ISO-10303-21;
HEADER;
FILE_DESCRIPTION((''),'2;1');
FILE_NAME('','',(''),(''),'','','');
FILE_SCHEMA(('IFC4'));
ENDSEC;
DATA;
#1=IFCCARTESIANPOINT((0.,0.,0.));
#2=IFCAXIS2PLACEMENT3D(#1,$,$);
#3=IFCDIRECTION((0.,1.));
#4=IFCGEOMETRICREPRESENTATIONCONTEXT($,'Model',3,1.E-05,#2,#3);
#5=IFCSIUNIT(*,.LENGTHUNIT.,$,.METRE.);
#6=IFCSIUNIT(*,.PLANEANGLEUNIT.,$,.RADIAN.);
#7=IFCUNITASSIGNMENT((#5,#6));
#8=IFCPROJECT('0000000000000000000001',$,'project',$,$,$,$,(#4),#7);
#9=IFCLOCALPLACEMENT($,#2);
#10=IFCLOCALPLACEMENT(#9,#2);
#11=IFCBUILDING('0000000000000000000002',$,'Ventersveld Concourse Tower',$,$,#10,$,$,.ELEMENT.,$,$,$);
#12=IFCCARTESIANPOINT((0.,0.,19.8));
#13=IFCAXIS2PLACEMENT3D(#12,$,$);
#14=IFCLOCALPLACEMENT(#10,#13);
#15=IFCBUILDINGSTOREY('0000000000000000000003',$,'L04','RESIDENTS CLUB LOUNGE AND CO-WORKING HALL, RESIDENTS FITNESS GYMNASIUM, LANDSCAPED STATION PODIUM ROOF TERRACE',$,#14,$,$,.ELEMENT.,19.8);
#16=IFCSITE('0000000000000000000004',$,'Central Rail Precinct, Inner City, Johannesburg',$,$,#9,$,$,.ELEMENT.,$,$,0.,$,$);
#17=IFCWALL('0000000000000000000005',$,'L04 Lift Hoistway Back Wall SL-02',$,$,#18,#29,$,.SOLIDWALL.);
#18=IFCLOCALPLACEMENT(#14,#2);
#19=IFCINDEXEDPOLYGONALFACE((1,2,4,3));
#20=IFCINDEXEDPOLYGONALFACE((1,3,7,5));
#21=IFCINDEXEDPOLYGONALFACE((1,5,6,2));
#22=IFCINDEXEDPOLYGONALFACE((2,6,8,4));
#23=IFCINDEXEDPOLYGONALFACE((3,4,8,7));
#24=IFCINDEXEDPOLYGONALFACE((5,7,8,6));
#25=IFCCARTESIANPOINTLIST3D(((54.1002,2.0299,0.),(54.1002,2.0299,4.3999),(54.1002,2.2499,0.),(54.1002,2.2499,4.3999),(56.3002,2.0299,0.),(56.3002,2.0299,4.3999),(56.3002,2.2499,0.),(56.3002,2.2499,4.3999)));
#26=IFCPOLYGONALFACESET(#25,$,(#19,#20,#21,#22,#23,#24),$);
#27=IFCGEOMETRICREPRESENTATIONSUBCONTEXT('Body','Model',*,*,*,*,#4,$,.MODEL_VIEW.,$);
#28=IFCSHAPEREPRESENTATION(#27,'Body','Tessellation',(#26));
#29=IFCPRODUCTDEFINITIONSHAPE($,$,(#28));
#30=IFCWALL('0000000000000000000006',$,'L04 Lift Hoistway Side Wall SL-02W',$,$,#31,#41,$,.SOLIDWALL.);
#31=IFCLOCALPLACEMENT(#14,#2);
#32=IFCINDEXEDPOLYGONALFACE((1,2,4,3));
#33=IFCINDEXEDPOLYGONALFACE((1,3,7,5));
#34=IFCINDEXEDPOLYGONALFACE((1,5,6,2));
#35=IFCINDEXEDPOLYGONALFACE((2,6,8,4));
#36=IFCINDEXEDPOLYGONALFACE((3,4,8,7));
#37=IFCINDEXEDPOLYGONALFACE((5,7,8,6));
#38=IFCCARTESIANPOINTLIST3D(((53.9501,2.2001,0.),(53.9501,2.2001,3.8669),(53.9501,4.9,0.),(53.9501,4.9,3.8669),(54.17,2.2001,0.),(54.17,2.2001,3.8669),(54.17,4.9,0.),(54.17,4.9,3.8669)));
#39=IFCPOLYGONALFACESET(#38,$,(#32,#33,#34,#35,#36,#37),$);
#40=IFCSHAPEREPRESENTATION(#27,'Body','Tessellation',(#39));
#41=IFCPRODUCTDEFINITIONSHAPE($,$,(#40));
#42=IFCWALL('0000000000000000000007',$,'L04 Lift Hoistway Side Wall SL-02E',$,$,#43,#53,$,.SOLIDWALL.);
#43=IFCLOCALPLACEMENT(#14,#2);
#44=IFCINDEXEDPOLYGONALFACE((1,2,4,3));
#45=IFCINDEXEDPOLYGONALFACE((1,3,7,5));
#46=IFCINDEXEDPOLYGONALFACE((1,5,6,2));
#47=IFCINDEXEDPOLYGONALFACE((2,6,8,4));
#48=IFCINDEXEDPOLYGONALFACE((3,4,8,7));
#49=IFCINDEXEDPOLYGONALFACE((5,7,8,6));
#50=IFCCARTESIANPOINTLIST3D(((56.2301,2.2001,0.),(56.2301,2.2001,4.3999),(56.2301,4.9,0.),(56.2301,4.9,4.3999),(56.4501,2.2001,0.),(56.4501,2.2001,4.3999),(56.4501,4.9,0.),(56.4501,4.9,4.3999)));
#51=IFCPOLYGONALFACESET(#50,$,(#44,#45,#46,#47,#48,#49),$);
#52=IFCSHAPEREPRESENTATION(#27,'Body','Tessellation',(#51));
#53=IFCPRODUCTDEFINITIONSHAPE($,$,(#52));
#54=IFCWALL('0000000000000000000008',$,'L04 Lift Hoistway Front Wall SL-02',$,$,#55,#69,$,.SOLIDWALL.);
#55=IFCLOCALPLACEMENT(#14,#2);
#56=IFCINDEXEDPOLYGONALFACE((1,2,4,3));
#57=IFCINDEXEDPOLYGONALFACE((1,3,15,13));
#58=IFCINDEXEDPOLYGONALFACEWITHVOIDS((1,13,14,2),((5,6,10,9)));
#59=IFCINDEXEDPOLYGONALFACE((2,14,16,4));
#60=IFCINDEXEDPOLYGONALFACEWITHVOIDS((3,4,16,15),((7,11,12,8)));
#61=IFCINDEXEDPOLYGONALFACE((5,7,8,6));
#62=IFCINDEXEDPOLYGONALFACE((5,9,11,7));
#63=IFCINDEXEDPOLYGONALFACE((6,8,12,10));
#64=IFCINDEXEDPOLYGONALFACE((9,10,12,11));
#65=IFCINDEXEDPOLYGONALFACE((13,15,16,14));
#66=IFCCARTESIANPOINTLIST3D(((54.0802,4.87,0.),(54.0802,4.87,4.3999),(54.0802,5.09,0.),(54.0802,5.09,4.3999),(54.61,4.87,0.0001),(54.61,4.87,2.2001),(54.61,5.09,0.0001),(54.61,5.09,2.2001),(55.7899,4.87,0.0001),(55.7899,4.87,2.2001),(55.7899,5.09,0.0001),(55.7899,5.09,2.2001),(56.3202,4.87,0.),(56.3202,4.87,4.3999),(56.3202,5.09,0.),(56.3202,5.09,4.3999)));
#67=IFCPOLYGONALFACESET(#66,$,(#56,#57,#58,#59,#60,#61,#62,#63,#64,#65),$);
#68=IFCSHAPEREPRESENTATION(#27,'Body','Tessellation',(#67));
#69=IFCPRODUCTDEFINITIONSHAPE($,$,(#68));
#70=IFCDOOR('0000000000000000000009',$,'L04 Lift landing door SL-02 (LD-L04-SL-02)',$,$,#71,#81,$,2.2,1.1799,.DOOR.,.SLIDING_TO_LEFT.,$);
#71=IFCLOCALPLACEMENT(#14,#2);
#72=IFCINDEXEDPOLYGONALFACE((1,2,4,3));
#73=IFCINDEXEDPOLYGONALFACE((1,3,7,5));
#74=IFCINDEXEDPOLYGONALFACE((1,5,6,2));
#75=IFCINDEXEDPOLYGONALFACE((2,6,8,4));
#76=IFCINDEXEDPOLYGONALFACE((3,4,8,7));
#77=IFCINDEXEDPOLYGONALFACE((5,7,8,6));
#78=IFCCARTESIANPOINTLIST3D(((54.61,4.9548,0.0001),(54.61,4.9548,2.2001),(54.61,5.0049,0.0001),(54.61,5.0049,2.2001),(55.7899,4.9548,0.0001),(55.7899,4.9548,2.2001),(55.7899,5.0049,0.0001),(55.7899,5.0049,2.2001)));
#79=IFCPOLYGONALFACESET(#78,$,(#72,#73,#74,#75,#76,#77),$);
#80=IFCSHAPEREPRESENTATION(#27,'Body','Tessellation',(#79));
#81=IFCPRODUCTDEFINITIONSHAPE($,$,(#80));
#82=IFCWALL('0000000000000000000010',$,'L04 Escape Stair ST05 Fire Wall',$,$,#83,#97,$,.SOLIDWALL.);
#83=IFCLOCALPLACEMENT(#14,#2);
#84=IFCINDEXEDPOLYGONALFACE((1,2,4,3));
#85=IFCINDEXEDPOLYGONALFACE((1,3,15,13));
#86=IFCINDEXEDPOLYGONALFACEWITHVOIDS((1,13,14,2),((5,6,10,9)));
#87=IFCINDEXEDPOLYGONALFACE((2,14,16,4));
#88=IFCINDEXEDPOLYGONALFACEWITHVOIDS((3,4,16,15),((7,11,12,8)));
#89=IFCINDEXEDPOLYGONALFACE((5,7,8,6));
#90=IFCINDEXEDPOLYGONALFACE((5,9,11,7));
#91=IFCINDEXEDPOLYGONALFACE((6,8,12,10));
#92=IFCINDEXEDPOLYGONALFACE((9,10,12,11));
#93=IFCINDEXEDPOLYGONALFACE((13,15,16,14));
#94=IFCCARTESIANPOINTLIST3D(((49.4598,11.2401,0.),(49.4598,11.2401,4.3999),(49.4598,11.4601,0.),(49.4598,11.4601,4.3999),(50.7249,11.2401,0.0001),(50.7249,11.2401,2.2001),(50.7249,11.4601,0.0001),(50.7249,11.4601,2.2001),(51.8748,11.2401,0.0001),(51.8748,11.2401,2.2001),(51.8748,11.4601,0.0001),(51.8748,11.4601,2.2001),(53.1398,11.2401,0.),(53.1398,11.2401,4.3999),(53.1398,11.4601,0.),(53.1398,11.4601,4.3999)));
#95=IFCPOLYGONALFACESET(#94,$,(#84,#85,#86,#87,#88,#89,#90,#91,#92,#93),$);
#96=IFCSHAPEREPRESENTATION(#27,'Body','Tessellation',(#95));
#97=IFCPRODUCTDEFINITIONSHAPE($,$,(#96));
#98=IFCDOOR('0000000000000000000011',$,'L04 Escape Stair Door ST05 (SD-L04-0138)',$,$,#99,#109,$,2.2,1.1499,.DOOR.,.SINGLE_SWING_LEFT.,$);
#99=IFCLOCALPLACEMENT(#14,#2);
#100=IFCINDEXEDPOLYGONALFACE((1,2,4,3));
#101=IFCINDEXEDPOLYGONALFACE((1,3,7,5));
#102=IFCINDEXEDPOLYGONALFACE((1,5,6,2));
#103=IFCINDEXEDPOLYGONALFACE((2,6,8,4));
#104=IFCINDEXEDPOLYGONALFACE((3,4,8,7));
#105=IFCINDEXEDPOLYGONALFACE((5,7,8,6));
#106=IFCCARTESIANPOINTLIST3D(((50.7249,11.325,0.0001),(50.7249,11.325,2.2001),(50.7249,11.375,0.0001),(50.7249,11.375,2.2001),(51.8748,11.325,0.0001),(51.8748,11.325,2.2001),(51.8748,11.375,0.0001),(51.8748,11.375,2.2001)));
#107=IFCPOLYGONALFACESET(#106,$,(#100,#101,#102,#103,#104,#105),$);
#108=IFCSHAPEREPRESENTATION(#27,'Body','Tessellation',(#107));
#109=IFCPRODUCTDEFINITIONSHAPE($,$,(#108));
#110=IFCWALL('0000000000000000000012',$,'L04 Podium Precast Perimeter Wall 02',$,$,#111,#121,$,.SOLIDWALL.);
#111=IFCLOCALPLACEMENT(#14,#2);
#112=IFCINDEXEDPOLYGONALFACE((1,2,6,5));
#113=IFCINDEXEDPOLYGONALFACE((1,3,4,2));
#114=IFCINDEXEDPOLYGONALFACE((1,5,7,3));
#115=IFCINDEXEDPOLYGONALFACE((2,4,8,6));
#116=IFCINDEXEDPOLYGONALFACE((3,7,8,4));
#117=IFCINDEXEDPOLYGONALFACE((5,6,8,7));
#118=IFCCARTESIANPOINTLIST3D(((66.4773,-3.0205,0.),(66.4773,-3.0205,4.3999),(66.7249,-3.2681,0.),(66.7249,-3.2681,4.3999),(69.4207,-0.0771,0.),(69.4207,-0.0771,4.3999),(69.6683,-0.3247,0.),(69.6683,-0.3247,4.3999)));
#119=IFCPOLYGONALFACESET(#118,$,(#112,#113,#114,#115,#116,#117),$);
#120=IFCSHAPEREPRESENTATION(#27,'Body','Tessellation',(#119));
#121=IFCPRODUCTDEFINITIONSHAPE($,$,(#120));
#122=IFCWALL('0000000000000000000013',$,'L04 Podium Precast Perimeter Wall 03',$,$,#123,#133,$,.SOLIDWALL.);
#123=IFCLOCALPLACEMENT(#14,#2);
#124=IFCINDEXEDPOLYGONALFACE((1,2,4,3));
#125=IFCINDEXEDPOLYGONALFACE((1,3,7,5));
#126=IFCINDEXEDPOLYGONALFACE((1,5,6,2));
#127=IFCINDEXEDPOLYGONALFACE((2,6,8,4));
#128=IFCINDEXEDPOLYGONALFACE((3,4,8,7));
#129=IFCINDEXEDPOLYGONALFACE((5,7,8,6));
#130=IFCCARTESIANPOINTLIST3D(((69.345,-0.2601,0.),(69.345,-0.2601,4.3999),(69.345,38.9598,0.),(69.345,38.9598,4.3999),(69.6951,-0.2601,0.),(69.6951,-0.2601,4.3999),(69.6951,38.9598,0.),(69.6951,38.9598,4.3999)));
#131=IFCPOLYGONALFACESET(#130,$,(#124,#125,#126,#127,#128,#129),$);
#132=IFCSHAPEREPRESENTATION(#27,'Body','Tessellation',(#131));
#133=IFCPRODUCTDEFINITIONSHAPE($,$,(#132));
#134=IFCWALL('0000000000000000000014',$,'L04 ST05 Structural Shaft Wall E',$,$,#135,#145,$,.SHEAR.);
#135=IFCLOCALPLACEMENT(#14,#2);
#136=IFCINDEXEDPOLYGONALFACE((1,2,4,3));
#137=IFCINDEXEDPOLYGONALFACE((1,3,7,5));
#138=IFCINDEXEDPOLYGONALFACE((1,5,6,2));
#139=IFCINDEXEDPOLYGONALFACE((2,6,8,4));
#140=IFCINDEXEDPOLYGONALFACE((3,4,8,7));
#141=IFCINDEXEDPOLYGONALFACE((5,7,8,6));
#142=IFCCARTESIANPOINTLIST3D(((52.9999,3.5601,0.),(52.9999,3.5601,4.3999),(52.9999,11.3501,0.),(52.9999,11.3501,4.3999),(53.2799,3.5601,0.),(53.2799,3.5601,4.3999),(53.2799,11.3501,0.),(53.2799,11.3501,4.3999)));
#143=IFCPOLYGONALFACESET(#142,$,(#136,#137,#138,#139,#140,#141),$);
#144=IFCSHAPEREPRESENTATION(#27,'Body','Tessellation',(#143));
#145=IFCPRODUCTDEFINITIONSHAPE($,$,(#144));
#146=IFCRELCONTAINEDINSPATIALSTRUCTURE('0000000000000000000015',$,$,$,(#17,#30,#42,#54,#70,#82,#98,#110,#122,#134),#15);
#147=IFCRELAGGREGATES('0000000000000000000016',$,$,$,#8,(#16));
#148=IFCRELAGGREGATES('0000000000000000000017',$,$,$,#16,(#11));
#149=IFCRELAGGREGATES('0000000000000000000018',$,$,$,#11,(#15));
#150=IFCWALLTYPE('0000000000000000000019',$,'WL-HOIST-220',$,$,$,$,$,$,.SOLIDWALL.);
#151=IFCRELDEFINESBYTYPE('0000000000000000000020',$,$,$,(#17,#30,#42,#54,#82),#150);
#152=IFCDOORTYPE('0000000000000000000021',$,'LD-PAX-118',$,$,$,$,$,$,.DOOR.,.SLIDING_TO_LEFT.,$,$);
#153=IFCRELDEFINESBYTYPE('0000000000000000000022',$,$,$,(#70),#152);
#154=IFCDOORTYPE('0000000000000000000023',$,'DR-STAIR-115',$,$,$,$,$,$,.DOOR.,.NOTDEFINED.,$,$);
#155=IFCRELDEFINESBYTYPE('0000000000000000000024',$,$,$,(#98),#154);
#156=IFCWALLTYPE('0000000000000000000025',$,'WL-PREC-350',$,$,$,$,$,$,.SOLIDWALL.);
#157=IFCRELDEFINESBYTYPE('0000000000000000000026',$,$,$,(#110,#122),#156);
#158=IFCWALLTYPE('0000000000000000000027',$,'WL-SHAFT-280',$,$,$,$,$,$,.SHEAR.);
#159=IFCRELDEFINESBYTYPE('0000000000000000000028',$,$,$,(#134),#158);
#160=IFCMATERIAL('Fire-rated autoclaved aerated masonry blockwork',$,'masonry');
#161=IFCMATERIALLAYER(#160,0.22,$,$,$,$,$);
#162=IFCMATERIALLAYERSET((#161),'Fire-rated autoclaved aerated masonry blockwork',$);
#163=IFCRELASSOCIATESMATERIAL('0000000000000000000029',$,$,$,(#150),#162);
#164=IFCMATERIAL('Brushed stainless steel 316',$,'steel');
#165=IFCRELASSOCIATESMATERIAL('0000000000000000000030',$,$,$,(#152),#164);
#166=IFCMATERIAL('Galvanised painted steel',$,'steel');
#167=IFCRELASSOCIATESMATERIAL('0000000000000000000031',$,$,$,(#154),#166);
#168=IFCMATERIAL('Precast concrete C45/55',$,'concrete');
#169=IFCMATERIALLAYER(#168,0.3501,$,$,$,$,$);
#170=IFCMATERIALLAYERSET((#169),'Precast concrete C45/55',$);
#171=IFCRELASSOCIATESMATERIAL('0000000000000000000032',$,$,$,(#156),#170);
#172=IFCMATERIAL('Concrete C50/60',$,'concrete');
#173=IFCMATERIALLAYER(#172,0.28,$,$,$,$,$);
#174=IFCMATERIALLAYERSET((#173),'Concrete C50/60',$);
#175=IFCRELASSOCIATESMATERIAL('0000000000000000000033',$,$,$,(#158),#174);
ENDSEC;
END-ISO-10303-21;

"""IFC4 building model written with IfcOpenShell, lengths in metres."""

from ifc_helpers import new_model, si_unit, direction, frame, frame_2d, origin, place, context, subcontext, project, spatial, rectangle, extrude, material, layer, layer_set, type_object, element, fill, save


model = new_model("IFC4")

# Units and contexts
model_context = context("Model", 3, precision=1e-05, world=origin(), true_north=direction((0.0, 1.0)))
body_context = subcontext(model_context, "Body", "Model", "MODEL_VIEW")
ifc_project = project(units=[si_unit("LENGTHUNIT", "METRE"), si_unit("PLANEANGLEUNIT", "RADIAN")], contexts=[model_context])

# Site, building, storey
site_placement = place(None, origin())
site = spatial("IfcSite", under=ifc_project, at=site_placement, Name="Central Rail Precinct, Inner City, Johannesburg", CompositionType="ELEMENT", RefElevation=0.0)
building_placement = place(site_placement, origin())
building = spatial("IfcBuilding", under=site, at=building_placement, Name="Ventersveld Concourse Tower", CompositionType="ELEMENT")
storey_placement = place(building_placement, frame((0.0, 0.0, 19.8)))
storey = spatial("IfcBuildingStorey", under=building, at=storey_placement, Name="L04", Description="RESIDENTS CLUB LOUNGE AND CO-WORKING HALL, RESIDENTS FITNESS GYMNASIUM, LANDSCAPED STATION PODIUM ROOF TERRACE", CompositionType="ELEMENT", Elevation=19.8)

# Shared definitions
ifc_material_1 = material(Name="Fire-rated autoclaved aerated masonry blockwork", Category="masonry")

# Walls
ifc_layer_1 = layer(ifc_material_1, 0.22)
ifc_layer_set_1 = layer_set([ifc_layer_1], Name="Fire-rated autoclaved aerated masonry blockwork")
wall_type_1 = type_object("IfcWallType", Name="WL-HOIST-220", PredefinedType="SOLIDWALL", material=ifc_layer_set_1)
wall_1_placement = place(storey_placement, frame((54.1001, 2.1399, 0.0), z_axis=(0.0, 0.0, 1.0), x_axis=(1.0, 0.0, 0.0)))
element("IfcWall", 1, at=wall_1_placement, inside=storey, type_object=wall_type_1, Name="L04 Lift Hoistway Back Wall SL-02", PredefinedType="SOLIDWALL", context=body_context, shape_type="SweptSolid", body=[
    extrude(rectangle(XDim=2.2, YDim=0.22, at=frame_2d((1.1001, 0.0))), origin(), (0.0, 0.0, 1.0), 4.3999),
])
wall_2_placement = place(storey_placement, frame((54.0601, 2.2, 0.0), z_axis=(0.0, 0.0, 1.0), x_axis=(0.0, 1.0, 0.0)))
element("IfcWall", 2, at=wall_2_placement, inside=storey, type_object=wall_type_1, Name="L04 Lift Hoistway Side Wall SL-02W", PredefinedType="SOLIDWALL", context=body_context, shape_type="SweptSolid", body=[
    extrude(rectangle(XDim=2.7, YDim=0.22, at=frame_2d((1.3501, 0.0))), origin(), (0.0, 0.0, 1.0), 3.8669),
])
wall_3_placement = place(storey_placement, frame((56.3401, 2.2, 0.0), z_axis=(0.0, 0.0, 1.0), x_axis=(0.0, 1.0, 0.0)))
element("IfcWall", 3, at=wall_3_placement, inside=storey, type_object=wall_type_1, Name="L04 Lift Hoistway Side Wall SL-02E", PredefinedType="SOLIDWALL", context=body_context, shape_type="SweptSolid", body=[
    extrude(rectangle(XDim=2.7, YDim=0.22, at=frame_2d((1.3501, 0.0))), origin(), (0.0, 0.0, 1.0), 4.3999),
])

# Walls, openings, doors
wall_4_placement = place(storey_placement, frame((54.0801, 4.98, 0.0), z_axis=(0.0, 0.0, 1.0), x_axis=(1.0, 0.0, 0.0)))
wall_4 = element("IfcWall", 4, at=wall_4_placement, inside=storey, type_object=wall_type_1, Name="L04 Lift Hoistway Front Wall SL-02", PredefinedType="SOLIDWALL", context=body_context, shape_type="SweptSolid", body=[
    extrude(rectangle(XDim=2.24, YDim=0.22, at=frame_2d((1.1201, 0.0))), origin(), (0.0, 0.0, 1.0), 4.3999),
])
opening_1_placement = place(wall_4_placement, frame((0.53, 0.0, 0.0)))
opening_1 = element("IfcOpeningElement", 5, at=opening_1_placement, cuts=wall_4, PredefinedType="OPENING", context=body_context, shape_type="SweptSolid", body=[
    extrude(rectangle(XDim=1.1799, YDim=2.2, at=frame_2d((0.5898, 1.1001))), frame((0.0, 0.1201, 0.0), z_axis=(0.0, -1.0, 0.0), x_axis=(1.0, 0.0, 0.0)), (0.0, 0.0, 1.0), 0.24),
])
ifc_material_2 = material(Name="Brushed stainless steel 316", Category="steel")
door_type_1 = type_object("IfcDoorType", Name="LD-PAX-118", OperationType="SLIDING_TO_LEFT", PredefinedType="DOOR", material=ifc_material_2)
door_1_placement = place(opening_1_placement, origin())
door_1 = element("IfcDoor", 6, at=door_1_placement, inside=storey, type_object=door_type_1, Name="L04 Lift landing door SL-02 (LD-L04-SL-02)", OperationType="SLIDING_TO_LEFT", OverallHeight=2.2, OverallWidth=1.1799, PredefinedType="DOOR", context=body_context, shape_type="SweptSolid", body=[
    extrude(rectangle(XDim=1.1799, YDim=2.2, at=frame_2d((0.5898, 1.1001))), frame((0.0, 0.0249, 0.0), z_axis=(0.0, -1.0, 0.0), x_axis=(1.0, 0.0, 0.0)), (0.0, 0.0, 1.0), 0.05),
])
fill(opening_1, door_1)
wall_5_placement = place(storey_placement, frame((49.46, 11.3501, 0.0), z_axis=(0.0, 0.0, 1.0), x_axis=(1.0, 0.0, 0.0)))
wall_5 = element("IfcWall", 7, at=wall_5_placement, inside=storey, type_object=wall_type_1, Name="L04 Escape Stair ST05 Fire Wall", PredefinedType="SOLIDWALL", context=body_context, shape_type="SweptSolid", body=[
    extrude(rectangle(XDim=3.6799, YDim=0.22, at=frame_2d((1.8398, 0.0))), origin(), (0.0, 0.0, 1.0), 4.3999),
])
opening_2_placement = place(wall_5_placement, frame((1.2649, 0.0, 0.0)))
opening_2 = element("IfcOpeningElement", 8, at=opening_2_placement, cuts=wall_5, PredefinedType="OPENING", context=body_context, shape_type="SweptSolid", body=[
    extrude(rectangle(XDim=1.1499, YDim=2.2, at=frame_2d((0.575, 1.1001))), frame((0.0, 0.1201, 0.0), z_axis=(0.0, -1.0, 0.0), x_axis=(1.0, 0.0, 0.0)), (0.0, 0.0, 1.0), 0.24),
])
ifc_material_3 = material(Name="Galvanised painted steel", Category="steel")
door_type_2 = type_object("IfcDoorType", Name="DR-STAIR-115", OperationType="NOTDEFINED", PredefinedType="DOOR", material=ifc_material_3)
door_2_placement = place(opening_2_placement, origin())
door_2 = element("IfcDoor", 9, at=door_2_placement, inside=storey, type_object=door_type_2, Name="L04 Escape Stair Door ST05 (SD-L04-0138)", OperationType="SINGLE_SWING_LEFT", OverallHeight=2.2, OverallWidth=1.1499, PredefinedType="DOOR", context=body_context, shape_type="SweptSolid", body=[
    extrude(rectangle(XDim=1.1499, YDim=2.2, at=frame_2d((0.575, 1.1001))), frame((0.0, 0.0249, 0.0), z_axis=(0.0, -1.0, 0.0), x_axis=(1.0, 0.0, 0.0)), (0.0, 0.0, 1.0), 0.05),
])
fill(opening_2, door_2)

# Walls
ifc_material_4 = material(Name="Precast concrete C45/55", Category="concrete")
ifc_layer_2 = layer(ifc_material_4, 0.3501)
ifc_layer_set_2 = layer_set([ifc_layer_2], Name="Precast concrete C45/55")
wall_type_2 = type_object("IfcWallType", Name="WL-PREC-350", PredefinedType="SOLIDWALL", material=ifc_layer_set_2)
wall_6_placement = place(storey_placement, frame((66.6011, -3.1443, 0.0), z_axis=(0.0, 0.0, 1.0), x_axis=(0.707107, 0.707107, 0.0)))
element("IfcWall", 10, at=wall_6_placement, inside=storey, type_object=wall_type_2, Name="L04 Podium Precast Perimeter Wall 02", PredefinedType="SOLIDWALL", context=body_context, shape_type="SweptSolid", body=[
    extrude(rectangle(XDim=4.1626, YDim=0.3501, at=frame_2d((2.0813, 0.0))), origin(), (0.0, 0.0, 1.0), 4.3999),
])
wall_7_placement = place(storey_placement, frame((69.52, -0.26, 0.0), z_axis=(0.0, 0.0, 1.0), x_axis=(0.0, 1.0, 0.0)))
element("IfcWall", 11, at=wall_7_placement, inside=storey, type_object=wall_type_2, Name="L04 Podium Precast Perimeter Wall 03", PredefinedType="SOLIDWALL", context=body_context, shape_type="SweptSolid", body=[
    extrude(rectangle(XDim=39.22, YDim=0.3501, at=frame_2d((19.6099, 0.0))), origin(), (0.0, 0.0, 1.0), 4.3999),
])
ifc_material_5 = material(Name="Concrete C50/60", Category="concrete")
ifc_layer_3 = layer(ifc_material_5, 0.28)
ifc_layer_set_3 = layer_set([ifc_layer_3], Name="Concrete C50/60")
wall_type_3 = type_object("IfcWallType", Name="WL-SHAFT-280", PredefinedType="SHEAR", material=ifc_layer_set_3)
wall_8_placement = place(storey_placement, frame((53.1399, 3.5601, 0.0), z_axis=(0.0, 0.0, 1.0), x_axis=(0.0, 1.0, 0.0)))
element("IfcWall", 12, at=wall_8_placement, inside=storey, type_object=wall_type_3, Name="L04 ST05 Structural Shaft Wall E", PredefinedType="SHEAR", context=body_context, shape_type="SweptSolid", body=[
    extrude(rectangle(XDim=7.79, YDim=0.28, at=frame_2d((3.895, 0.0))), origin(), (0.0, 0.0, 1.0), 4.3999),
])

save(model, "model.ifc")
